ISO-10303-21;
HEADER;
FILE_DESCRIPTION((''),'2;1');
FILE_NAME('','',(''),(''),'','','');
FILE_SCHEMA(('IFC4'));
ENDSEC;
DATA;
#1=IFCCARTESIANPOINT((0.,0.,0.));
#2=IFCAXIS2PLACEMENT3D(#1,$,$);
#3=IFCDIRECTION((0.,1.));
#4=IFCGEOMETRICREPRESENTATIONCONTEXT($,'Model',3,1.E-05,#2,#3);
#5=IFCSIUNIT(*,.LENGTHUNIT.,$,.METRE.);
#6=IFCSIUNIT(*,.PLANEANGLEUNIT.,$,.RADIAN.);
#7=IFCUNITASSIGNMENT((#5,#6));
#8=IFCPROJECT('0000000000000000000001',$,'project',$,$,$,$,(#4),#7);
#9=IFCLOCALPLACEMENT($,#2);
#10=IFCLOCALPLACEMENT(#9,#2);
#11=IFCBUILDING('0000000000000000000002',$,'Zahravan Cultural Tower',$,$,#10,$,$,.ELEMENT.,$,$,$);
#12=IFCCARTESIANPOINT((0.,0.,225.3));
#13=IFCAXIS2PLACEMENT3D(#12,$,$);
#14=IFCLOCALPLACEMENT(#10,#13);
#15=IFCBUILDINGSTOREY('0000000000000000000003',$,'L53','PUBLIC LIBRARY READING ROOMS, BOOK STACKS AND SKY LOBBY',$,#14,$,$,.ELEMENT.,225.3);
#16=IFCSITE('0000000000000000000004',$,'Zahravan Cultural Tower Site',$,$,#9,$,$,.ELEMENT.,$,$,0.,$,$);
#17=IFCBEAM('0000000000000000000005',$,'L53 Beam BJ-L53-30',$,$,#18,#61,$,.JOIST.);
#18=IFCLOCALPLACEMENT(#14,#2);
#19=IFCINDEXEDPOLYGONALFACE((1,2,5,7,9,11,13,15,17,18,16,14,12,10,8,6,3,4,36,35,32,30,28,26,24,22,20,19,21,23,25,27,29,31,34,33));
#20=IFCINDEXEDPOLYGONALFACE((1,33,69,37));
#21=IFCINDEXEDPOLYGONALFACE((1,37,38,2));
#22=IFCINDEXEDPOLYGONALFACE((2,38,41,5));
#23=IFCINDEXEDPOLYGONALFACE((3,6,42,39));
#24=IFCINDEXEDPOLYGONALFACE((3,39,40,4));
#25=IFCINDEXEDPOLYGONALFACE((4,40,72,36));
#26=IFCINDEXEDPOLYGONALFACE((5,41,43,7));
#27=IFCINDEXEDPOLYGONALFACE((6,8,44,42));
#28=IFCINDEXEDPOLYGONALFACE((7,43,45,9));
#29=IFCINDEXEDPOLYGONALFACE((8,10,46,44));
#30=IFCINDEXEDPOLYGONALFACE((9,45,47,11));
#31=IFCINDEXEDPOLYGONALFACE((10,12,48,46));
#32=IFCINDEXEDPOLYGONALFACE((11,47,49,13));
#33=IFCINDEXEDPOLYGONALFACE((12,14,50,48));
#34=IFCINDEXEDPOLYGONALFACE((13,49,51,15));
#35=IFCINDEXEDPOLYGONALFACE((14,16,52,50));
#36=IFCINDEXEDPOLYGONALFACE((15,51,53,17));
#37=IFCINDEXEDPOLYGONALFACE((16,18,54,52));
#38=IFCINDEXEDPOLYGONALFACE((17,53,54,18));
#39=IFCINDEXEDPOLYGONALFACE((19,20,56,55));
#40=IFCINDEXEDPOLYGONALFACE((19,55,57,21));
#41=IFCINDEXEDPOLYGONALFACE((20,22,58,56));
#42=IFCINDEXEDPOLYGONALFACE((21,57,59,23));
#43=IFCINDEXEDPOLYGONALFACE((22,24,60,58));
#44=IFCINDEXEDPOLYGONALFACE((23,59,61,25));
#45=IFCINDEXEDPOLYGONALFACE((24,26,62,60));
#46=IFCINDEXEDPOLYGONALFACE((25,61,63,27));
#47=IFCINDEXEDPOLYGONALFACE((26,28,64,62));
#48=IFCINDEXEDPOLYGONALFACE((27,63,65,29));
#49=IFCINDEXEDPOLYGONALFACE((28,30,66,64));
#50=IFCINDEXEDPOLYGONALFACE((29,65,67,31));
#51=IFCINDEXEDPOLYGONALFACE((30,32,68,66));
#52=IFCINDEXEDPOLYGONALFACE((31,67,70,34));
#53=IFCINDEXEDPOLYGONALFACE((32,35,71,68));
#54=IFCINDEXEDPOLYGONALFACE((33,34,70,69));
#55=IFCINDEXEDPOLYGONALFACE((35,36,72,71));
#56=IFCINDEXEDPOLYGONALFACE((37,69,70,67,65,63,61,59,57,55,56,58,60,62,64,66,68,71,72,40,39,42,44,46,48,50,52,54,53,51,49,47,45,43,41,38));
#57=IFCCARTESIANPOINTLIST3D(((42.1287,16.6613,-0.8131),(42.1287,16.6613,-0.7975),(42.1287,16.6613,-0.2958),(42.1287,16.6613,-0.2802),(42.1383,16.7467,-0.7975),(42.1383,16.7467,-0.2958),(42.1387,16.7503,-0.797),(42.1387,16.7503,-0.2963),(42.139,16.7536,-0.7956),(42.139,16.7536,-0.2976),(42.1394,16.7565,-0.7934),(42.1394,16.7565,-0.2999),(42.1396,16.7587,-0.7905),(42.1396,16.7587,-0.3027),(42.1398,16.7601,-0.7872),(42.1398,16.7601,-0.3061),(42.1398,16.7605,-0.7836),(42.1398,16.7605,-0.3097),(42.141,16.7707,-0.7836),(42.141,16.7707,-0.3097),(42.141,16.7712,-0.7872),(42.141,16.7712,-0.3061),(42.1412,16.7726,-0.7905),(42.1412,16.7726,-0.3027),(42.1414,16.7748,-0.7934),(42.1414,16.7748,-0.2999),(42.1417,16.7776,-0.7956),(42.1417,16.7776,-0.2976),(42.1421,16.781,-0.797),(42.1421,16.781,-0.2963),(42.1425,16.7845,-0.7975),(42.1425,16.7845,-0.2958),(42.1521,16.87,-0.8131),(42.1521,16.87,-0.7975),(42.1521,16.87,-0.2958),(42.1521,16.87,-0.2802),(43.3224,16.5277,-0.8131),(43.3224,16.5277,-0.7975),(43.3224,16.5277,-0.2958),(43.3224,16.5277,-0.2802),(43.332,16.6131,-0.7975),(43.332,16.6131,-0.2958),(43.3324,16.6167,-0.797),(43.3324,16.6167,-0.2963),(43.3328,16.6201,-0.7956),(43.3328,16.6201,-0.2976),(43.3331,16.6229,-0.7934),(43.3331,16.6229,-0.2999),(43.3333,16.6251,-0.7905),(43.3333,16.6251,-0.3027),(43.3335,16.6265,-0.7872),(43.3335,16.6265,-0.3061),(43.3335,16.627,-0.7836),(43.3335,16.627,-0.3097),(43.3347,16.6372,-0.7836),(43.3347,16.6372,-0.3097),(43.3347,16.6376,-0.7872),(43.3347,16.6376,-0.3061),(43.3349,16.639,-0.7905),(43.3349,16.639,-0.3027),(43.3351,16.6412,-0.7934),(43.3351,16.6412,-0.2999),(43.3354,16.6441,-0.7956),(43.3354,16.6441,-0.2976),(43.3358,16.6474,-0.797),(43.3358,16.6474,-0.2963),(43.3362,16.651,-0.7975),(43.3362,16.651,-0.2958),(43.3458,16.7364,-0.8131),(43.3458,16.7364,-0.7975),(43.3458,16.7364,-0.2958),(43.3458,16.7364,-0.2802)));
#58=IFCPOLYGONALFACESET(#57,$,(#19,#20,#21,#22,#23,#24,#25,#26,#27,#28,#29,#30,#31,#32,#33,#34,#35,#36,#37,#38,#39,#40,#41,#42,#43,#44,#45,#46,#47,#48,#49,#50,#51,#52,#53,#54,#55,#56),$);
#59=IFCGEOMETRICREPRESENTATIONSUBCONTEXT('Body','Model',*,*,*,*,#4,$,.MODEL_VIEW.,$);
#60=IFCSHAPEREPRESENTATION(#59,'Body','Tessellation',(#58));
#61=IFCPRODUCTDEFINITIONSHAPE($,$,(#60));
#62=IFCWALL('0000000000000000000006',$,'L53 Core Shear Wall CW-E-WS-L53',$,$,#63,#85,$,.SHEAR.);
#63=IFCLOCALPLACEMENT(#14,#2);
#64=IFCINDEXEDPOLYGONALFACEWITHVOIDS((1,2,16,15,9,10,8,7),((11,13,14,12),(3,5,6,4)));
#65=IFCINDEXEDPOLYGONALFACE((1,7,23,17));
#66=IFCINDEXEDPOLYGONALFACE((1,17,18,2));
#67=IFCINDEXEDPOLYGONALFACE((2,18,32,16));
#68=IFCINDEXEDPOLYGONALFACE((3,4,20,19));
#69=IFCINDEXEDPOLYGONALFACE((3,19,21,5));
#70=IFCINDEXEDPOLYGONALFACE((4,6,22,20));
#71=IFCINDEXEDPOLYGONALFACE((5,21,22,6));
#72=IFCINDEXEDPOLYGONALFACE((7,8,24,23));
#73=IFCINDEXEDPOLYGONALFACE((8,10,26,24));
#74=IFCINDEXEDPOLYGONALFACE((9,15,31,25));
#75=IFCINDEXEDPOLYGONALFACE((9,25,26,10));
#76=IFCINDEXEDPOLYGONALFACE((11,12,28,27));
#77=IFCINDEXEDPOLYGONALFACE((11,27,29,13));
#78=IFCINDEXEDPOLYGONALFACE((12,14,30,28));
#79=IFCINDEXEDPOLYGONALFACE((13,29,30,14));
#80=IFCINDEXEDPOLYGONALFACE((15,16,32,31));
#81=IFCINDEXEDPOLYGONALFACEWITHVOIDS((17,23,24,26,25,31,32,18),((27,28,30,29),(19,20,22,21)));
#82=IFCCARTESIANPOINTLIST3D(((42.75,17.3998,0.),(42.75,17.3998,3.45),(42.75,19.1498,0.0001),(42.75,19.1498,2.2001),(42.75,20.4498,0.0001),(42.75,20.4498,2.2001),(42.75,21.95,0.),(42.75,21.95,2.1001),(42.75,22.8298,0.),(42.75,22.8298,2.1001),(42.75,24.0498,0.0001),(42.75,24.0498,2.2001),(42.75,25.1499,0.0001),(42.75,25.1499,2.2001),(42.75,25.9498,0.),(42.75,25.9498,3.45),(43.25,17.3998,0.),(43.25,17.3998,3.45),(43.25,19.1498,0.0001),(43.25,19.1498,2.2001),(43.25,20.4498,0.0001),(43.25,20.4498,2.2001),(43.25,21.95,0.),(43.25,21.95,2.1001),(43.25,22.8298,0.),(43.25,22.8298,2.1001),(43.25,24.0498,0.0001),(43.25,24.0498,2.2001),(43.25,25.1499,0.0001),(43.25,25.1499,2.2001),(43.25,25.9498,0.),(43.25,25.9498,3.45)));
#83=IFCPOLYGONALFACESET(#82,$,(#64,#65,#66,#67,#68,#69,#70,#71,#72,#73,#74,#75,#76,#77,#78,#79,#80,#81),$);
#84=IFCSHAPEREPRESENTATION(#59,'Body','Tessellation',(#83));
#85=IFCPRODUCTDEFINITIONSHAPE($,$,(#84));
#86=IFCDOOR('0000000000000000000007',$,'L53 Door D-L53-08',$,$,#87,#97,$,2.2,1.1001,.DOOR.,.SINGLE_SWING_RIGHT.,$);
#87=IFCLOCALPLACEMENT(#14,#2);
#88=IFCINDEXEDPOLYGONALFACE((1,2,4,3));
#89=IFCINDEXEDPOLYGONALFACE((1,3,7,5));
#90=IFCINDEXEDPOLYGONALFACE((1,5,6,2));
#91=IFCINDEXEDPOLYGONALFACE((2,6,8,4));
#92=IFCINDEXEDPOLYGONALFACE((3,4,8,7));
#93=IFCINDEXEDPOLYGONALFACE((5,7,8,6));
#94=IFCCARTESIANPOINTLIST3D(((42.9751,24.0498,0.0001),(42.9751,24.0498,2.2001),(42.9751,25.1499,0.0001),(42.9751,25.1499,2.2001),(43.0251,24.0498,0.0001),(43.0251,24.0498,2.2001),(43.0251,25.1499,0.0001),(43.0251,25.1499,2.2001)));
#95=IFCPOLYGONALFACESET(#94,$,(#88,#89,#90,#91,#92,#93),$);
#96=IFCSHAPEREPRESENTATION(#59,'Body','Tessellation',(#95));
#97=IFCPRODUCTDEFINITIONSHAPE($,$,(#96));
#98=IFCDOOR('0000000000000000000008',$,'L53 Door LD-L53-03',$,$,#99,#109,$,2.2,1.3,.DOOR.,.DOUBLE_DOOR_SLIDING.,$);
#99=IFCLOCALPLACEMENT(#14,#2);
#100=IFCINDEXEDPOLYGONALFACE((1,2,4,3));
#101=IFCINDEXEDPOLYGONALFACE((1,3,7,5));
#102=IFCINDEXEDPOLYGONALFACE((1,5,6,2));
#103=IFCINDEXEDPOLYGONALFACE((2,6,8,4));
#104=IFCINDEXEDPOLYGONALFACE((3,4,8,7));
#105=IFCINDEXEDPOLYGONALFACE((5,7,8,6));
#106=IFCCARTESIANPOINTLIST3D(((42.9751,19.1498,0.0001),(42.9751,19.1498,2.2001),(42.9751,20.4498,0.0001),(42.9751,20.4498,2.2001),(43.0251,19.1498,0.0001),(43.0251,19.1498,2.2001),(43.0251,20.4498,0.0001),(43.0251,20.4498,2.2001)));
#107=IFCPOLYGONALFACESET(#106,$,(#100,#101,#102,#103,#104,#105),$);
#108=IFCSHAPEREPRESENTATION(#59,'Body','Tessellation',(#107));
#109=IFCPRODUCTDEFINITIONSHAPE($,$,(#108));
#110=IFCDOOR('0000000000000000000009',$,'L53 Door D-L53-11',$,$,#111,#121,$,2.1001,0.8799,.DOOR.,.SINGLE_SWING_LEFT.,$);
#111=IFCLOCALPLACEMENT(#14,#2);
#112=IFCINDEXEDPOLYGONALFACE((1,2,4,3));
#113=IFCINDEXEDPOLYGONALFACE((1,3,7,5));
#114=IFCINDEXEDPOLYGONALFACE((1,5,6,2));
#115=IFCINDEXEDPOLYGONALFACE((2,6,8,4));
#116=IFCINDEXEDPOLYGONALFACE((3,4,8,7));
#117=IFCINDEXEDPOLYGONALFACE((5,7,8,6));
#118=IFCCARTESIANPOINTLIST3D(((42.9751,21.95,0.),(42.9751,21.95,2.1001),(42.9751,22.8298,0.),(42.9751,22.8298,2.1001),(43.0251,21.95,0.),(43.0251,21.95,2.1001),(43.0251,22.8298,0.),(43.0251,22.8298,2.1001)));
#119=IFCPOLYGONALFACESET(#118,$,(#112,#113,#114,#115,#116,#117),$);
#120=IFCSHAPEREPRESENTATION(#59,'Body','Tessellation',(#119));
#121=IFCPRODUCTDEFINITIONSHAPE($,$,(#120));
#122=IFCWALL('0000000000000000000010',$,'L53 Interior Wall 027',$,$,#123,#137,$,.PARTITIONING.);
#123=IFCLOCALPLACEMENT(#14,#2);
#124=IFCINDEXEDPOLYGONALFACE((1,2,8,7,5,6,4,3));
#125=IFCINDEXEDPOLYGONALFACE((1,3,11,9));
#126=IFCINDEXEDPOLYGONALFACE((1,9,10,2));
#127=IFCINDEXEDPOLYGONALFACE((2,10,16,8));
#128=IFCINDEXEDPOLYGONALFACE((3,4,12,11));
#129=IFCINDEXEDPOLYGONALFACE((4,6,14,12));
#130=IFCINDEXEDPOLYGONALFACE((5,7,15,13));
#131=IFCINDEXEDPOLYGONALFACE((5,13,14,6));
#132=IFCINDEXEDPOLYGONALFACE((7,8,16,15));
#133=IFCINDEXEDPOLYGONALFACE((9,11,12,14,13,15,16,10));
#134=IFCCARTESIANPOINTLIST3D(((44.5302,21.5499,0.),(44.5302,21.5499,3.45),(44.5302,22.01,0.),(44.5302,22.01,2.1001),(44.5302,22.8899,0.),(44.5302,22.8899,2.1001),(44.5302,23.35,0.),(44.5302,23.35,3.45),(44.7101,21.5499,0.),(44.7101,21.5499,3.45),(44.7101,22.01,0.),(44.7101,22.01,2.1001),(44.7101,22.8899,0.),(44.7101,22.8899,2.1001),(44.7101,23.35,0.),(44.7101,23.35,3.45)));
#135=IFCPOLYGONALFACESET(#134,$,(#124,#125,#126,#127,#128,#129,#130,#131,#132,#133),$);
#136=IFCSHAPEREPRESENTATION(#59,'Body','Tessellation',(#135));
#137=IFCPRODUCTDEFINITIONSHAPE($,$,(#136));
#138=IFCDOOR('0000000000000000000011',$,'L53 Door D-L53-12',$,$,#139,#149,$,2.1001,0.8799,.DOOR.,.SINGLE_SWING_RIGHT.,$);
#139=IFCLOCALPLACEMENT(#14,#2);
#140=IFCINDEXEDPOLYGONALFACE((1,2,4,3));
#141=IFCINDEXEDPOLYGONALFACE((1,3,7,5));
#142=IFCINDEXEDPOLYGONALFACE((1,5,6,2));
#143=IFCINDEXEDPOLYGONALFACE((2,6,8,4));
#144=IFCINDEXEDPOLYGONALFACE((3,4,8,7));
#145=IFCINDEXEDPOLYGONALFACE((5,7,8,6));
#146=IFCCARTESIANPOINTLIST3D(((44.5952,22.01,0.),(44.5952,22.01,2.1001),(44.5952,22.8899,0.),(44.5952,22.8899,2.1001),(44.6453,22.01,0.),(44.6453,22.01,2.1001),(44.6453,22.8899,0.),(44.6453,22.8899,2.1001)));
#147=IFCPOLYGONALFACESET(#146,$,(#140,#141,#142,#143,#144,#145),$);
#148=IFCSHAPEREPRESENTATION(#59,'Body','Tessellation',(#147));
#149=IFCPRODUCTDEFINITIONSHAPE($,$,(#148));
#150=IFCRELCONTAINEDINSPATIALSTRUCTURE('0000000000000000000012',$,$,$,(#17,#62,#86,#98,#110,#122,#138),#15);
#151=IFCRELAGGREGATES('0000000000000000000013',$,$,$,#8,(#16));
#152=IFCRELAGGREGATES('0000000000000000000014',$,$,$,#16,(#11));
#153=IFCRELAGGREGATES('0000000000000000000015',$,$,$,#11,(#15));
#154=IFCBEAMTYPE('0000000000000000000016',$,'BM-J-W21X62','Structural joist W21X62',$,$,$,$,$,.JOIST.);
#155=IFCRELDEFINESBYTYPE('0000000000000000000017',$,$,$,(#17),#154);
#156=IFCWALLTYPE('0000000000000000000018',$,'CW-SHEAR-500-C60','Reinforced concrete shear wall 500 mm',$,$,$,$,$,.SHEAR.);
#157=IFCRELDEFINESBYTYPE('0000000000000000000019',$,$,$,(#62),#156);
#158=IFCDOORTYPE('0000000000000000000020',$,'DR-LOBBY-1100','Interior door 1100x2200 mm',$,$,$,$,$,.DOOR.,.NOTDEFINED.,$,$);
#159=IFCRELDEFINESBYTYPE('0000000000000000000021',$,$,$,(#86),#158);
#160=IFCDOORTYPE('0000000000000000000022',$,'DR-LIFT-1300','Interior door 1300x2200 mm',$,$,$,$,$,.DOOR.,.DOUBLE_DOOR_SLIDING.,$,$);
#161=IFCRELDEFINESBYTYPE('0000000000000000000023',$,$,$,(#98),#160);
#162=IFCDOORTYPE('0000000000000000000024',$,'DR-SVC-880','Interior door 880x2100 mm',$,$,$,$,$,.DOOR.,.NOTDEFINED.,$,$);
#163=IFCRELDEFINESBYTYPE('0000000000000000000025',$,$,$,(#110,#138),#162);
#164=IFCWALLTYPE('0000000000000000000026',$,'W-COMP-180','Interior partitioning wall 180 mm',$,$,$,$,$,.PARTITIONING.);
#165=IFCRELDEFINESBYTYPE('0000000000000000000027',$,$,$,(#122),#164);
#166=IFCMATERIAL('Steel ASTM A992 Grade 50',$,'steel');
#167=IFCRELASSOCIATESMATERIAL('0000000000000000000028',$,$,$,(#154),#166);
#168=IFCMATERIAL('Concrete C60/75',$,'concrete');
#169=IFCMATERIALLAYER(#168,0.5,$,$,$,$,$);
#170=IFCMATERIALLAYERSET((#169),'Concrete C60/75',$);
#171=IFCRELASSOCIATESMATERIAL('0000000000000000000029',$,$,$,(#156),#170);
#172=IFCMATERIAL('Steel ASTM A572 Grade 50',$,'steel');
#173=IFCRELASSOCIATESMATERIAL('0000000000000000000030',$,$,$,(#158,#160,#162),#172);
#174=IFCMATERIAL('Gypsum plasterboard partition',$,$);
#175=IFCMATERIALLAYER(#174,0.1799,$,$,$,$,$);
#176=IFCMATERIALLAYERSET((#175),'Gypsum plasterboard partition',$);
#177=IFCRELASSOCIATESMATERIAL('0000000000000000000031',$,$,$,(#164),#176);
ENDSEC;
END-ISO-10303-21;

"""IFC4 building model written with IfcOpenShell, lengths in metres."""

from ifc_helpers import new_model, si_unit, direction, frame, frame_2d, origin, origin_2d, place, context, subcontext, project, spatial, rectangle, i_section, extrude, source, transform, mapped, material, layer, layer_set, material_profile, profile_set, type_object, element, fill, save


model = new_model("IFC4")

# Units and contexts
model_context = context("Model", 3, precision=1e-05, world=origin(), true_north=direction((0.0, 1.0)))
body_context = subcontext(model_context, "Body", "Model", "MODEL_VIEW")
ifc_project = project(units=[si_unit("LENGTHUNIT", "METRE"), si_unit("PLANEANGLEUNIT", "RADIAN")], contexts=[model_context])

# Site, building, storey
site_placement = place(None, origin())
site = spatial("IfcSite", under=ifc_project, at=site_placement, Name="Zahravan Cultural Tower Site", CompositionType="ELEMENT", RefElevation=0.0)
building_placement = place(site_placement, origin())
building = spatial("IfcBuilding", under=site, at=building_placement, Name="Zahravan Cultural Tower", CompositionType="ELEMENT")
storey_placement = place(building_placement, frame((0.0, 0.0, 225.3)))
storey = spatial("IfcBuildingStorey", under=building, at=storey_placement, Name="L53", Description="PUBLIC LIBRARY READING ROOMS, BOOK STACKS AND SKY LOBBY", CompositionType="ELEMENT", Elevation=225.3)

# Beam
ifc_material_1 = material(Name="Steel ASTM A992 Grade 50", Category="steel")
ifc_material_profile_1 = material_profile(ifc_material_1, i_section(OverallWidth=0.21, OverallDepth=0.533, WebThickness=0.0103, FlangeThickness=0.0156, FilletRadius=0.0139, at=origin_2d()), Name="W21X62")
ifc_profile_set_1 = profile_set([ifc_material_profile_1], Name="Steel ASTM A992 Grade 50")
beam_type_1 = type_object("IfcBeamType", Name="BM-J-W21X62", Description="Structural joist W21X62", PredefinedType="JOIST", material=ifc_profile_set_1)
shared_shape_1 = source(origin(), body_context, "Body", "SweptSolid", [
    extrude(i_section(OverallWidth=0.21, OverallDepth=0.533, WebThickness=0.0103, FlangeThickness=0.0156, FilletRadius=0.0139, at=origin_2d()), origin(), (0.0, 0.0, 1.0), 1.2012),
])
beam_1_placement = place(storey_placement, frame((42.1404, 16.7656, -0.5466), z_axis=(0.993799, -0.11119, 0.0), x_axis=(0.11119, 0.993799, 0.0)))
element("IfcBeam", 1, at=beam_1_placement, inside=storey, type_object=beam_type_1, Name="L53 Beam BJ-L53-30", PredefinedType="JOIST", context=body_context, shape_type="MappedRepresentation", body=[
    mapped(shared_shape_1, transform((0.0, 0.0, 0.0), x_axis=(1.0, 0.0, 0.0), y_axis=(0.0, 1.0, 0.0), z_axis=(0.0, 0.0, 1.0), scale=1.0)),
])

# Wall, openings, doors
ifc_material_2 = material(Name="Concrete C60/75", Category="concrete")
ifc_layer_1 = layer(ifc_material_2, 0.5)
ifc_layer_set_1 = layer_set([ifc_layer_1], Name="Concrete C60/75")
wall_type_1 = type_object("IfcWallType", Name="CW-SHEAR-500-C60", Description="Reinforced concrete shear wall 500 mm", PredefinedType="SHEAR", material=ifc_layer_set_1)
wall_1_placement = place(storey_placement, frame((43.0, 17.3999, 0.0), z_axis=(0.0, 0.0, 1.0), x_axis=(0.0, 1.0, 0.0)))
wall_1 = element("IfcWall", 2, at=wall_1_placement, inside=storey, type_object=wall_type_1, Name="L53 Core Shear Wall CW-E-WS-L53", PredefinedType="SHEAR", context=body_context, shape_type="SweptSolid", body=[
    extrude(rectangle(XDim=8.55, YDim=0.5, at=frame_2d((4.2749, 0.0))), origin(), (0.0, 0.0, 1.0), 3.45),
])
opening_1_placement = place(wall_1_placement, frame((6.6499, 0.0, 0.0)))
opening_1 = element("IfcOpeningElement", 3, at=opening_1_placement, cuts=wall_1, PredefinedType="OPENING", context=body_context, shape_type="SweptSolid", body=[
    extrude(rectangle(XDim=1.1001, YDim=2.2, at=frame_2d((0.55, 1.1001))), frame((0.0, 0.26, 0.0), z_axis=(0.0, -1.0, 0.0), x_axis=(1.0, 0.0, 0.0)), (0.0, 0.0, 1.0), 0.52),
])
opening_2_placement = place(wall_1_placement, frame((1.75, 0.0, 0.0)))
opening_2 = element("IfcOpeningElement", 4, at=opening_2_placement, cuts=wall_1, PredefinedType="OPENING", context=body_context, shape_type="SweptSolid", body=[
    extrude(rectangle(XDim=1.3, YDim=2.2, at=frame_2d((0.6499, 1.1001))), frame((0.0, 0.26, 0.0), z_axis=(0.0, -1.0, 0.0), x_axis=(1.0, 0.0, 0.0)), (0.0, 0.0, 1.0), 0.52),
])
opening_3_placement = place(wall_1_placement, frame((4.55, 0.0, 0.0)))
opening_3 = element("IfcOpeningElement", 5, at=opening_3_placement, cuts=wall_1, PredefinedType="OPENING", context=body_context, shape_type="SweptSolid", body=[
    extrude(rectangle(XDim=0.8799, YDim=2.1001, at=frame_2d((0.4399, 1.05))), frame((0.0, 0.26, 0.0), z_axis=(0.0, -1.0, 0.0), x_axis=(1.0, 0.0, 0.0)), (0.0, 0.0, 1.0), 0.52),
])
ifc_material_3 = material(Name="Steel ASTM A572 Grade 50", Category="steel")
door_type_1 = type_object("IfcDoorType", Name="DR-LOBBY-1100", Description="Interior door 1100x2200 mm", OperationType="NOTDEFINED", PredefinedType="DOOR", material=ifc_material_3)
shared_shape_2 = source(origin(), body_context, "Body", "SweptSolid", [
    extrude(rectangle(XDim=1.1001, YDim=2.2, at=frame_2d((0.55, 1.1001))), frame((0.0, 0.0249, 0.0), z_axis=(0.0, -1.0, 0.0), x_axis=(1.0, 0.0, 0.0)), (0.0, 0.0, 1.0), 0.05),
])
door_1_placement = place(opening_1_placement, origin())
door_1 = element("IfcDoor", 6, at=door_1_placement, inside=storey, type_object=door_type_1, Name="L53 Door D-L53-08", OperationType="SINGLE_SWING_RIGHT", OverallHeight=2.2, OverallWidth=1.1001, PredefinedType="DOOR", context=body_context, shape_type="MappedRepresentation", body=[
    mapped(shared_shape_2, transform((0.0, 0.0, 0.0), x_axis=(1.0, 0.0, 0.0), y_axis=(0.0, 1.0, 0.0), z_axis=(0.0, 0.0, 1.0), scale=1.0)),
])
fill(opening_1, door_1)
door_type_2 = type_object("IfcDoorType", Name="DR-LIFT-1300", Description="Interior door 1300x2200 mm", OperationType="DOUBLE_DOOR_SLIDING", PredefinedType="DOOR", material=ifc_material_3)
shared_shape_3 = source(origin(), body_context, "Body", "SweptSolid", [
    extrude(rectangle(XDim=1.3, YDim=2.2, at=frame_2d((0.6499, 1.1001))), frame((0.0, 0.0249, 0.0), z_axis=(0.0, -1.0, 0.0), x_axis=(1.0, 0.0, 0.0)), (0.0, 0.0, 1.0), 0.05),
])
door_2_placement = place(opening_2_placement, origin())
door_2 = element("IfcDoor", 7, at=door_2_placement, inside=storey, type_object=door_type_2, Name="L53 Door LD-L53-03", OperationType="DOUBLE_DOOR_SLIDING", OverallHeight=2.2, OverallWidth=1.3, PredefinedType="DOOR", context=body_context, shape_type="MappedRepresentation", body=[
    mapped(shared_shape_3, transform((0.0, 0.0, 0.0), x_axis=(1.0, 0.0, 0.0), y_axis=(0.0, 1.0, 0.0), z_axis=(0.0, 0.0, 1.0), scale=1.0)),
])
fill(opening_2, door_2)
door_type_3 = type_object("IfcDoorType", Name="DR-SVC-880", Description="Interior door 880x2100 mm", OperationType="NOTDEFINED", PredefinedType="DOOR", material=ifc_material_3)
shared_shape_4 = source(origin(), body_context, "Body", "SweptSolid", [
    extrude(rectangle(XDim=0.8799, YDim=2.1001, at=frame_2d((0.4399, 1.05))), frame((0.0, 0.0249, 0.0), z_axis=(0.0, -1.0, 0.0), x_axis=(1.0, 0.0, 0.0)), (0.0, 0.0, 1.0), 0.05),
])
door_3_placement = place(opening_3_placement, origin())
door_3 = element("IfcDoor", 8, at=door_3_placement, inside=storey, type_object=door_type_3, Name="L53 Door D-L53-11", OperationType="SINGLE_SWING_LEFT", OverallHeight=2.1001, OverallWidth=0.8799, PredefinedType="DOOR", context=body_context, shape_type="MappedRepresentation", body=[
    mapped(shared_shape_4, transform((0.0, 0.0, 0.0), x_axis=(1.0, 0.0, 0.0), y_axis=(0.0, 1.0, 0.0), z_axis=(0.0, 0.0, 1.0), scale=1.0)),
])
fill(opening_3, door_3)

# Wall, opening, door
ifc_material_4 = material(Name="Gypsum plasterboard partition")
ifc_layer_2 = layer(ifc_material_4, 0.1799)
ifc_layer_set_2 = layer_set([ifc_layer_2], Name="Gypsum plasterboard partition")
wall_type_2 = type_object("IfcWallType", Name="W-COMP-180", Description="Interior partitioning wall 180 mm", PredefinedType="PARTITIONING", material=ifc_layer_set_2)
wall_2_placement = place(storey_placement, frame((44.6201, 21.55, 0.0), z_axis=(0.0, 0.0, 1.0), x_axis=(0.0, 1.0, 0.0)))
wall_2 = element("IfcWall", 9, at=wall_2_placement, inside=storey, type_object=wall_type_2, Name="L53 Interior Wall 027", PredefinedType="PARTITIONING", context=body_context, shape_type="SweptSolid", body=[
    extrude(rectangle(XDim=1.8, YDim=0.1799, at=frame_2d((0.8999, 0.0))), origin(), (0.0, 0.0, 1.0), 3.45),
])
opening_4_placement = place(wall_2_placement, frame((0.46, 0.0, 0.0)))
opening_4 = element("IfcOpeningElement", 10, at=opening_4_placement, cuts=wall_2, PredefinedType="OPENING", context=body_context, shape_type="SweptSolid", body=[
    extrude(rectangle(XDim=0.8799, YDim=2.1001, at=frame_2d((0.4399, 1.05))), frame((0.0, 0.0999, 0.0), z_axis=(0.0, -1.0, 0.0), x_axis=(1.0, 0.0, 0.0)), (0.0, 0.0, 1.0), 0.2),
])
door_4_placement = place(opening_4_placement, origin())
door_4 = element("IfcDoor", 11, at=door_4_placement, inside=storey, type_object=door_type_3, Name="L53 Door D-L53-12", OperationType="SINGLE_SWING_RIGHT", OverallHeight=2.1001, OverallWidth=0.8799, PredefinedType="DOOR", context=body_context, shape_type="MappedRepresentation", body=[
    mapped(shared_shape_4, transform((0.0, 0.0, 0.0), x_axis=(1.0, 0.0, 0.0), y_axis=(0.0, 1.0, 0.0), z_axis=(0.0, 0.0, 1.0), scale=1.0)),
])
fill(opening_4, door_4)

save(model, "model.ifc")
